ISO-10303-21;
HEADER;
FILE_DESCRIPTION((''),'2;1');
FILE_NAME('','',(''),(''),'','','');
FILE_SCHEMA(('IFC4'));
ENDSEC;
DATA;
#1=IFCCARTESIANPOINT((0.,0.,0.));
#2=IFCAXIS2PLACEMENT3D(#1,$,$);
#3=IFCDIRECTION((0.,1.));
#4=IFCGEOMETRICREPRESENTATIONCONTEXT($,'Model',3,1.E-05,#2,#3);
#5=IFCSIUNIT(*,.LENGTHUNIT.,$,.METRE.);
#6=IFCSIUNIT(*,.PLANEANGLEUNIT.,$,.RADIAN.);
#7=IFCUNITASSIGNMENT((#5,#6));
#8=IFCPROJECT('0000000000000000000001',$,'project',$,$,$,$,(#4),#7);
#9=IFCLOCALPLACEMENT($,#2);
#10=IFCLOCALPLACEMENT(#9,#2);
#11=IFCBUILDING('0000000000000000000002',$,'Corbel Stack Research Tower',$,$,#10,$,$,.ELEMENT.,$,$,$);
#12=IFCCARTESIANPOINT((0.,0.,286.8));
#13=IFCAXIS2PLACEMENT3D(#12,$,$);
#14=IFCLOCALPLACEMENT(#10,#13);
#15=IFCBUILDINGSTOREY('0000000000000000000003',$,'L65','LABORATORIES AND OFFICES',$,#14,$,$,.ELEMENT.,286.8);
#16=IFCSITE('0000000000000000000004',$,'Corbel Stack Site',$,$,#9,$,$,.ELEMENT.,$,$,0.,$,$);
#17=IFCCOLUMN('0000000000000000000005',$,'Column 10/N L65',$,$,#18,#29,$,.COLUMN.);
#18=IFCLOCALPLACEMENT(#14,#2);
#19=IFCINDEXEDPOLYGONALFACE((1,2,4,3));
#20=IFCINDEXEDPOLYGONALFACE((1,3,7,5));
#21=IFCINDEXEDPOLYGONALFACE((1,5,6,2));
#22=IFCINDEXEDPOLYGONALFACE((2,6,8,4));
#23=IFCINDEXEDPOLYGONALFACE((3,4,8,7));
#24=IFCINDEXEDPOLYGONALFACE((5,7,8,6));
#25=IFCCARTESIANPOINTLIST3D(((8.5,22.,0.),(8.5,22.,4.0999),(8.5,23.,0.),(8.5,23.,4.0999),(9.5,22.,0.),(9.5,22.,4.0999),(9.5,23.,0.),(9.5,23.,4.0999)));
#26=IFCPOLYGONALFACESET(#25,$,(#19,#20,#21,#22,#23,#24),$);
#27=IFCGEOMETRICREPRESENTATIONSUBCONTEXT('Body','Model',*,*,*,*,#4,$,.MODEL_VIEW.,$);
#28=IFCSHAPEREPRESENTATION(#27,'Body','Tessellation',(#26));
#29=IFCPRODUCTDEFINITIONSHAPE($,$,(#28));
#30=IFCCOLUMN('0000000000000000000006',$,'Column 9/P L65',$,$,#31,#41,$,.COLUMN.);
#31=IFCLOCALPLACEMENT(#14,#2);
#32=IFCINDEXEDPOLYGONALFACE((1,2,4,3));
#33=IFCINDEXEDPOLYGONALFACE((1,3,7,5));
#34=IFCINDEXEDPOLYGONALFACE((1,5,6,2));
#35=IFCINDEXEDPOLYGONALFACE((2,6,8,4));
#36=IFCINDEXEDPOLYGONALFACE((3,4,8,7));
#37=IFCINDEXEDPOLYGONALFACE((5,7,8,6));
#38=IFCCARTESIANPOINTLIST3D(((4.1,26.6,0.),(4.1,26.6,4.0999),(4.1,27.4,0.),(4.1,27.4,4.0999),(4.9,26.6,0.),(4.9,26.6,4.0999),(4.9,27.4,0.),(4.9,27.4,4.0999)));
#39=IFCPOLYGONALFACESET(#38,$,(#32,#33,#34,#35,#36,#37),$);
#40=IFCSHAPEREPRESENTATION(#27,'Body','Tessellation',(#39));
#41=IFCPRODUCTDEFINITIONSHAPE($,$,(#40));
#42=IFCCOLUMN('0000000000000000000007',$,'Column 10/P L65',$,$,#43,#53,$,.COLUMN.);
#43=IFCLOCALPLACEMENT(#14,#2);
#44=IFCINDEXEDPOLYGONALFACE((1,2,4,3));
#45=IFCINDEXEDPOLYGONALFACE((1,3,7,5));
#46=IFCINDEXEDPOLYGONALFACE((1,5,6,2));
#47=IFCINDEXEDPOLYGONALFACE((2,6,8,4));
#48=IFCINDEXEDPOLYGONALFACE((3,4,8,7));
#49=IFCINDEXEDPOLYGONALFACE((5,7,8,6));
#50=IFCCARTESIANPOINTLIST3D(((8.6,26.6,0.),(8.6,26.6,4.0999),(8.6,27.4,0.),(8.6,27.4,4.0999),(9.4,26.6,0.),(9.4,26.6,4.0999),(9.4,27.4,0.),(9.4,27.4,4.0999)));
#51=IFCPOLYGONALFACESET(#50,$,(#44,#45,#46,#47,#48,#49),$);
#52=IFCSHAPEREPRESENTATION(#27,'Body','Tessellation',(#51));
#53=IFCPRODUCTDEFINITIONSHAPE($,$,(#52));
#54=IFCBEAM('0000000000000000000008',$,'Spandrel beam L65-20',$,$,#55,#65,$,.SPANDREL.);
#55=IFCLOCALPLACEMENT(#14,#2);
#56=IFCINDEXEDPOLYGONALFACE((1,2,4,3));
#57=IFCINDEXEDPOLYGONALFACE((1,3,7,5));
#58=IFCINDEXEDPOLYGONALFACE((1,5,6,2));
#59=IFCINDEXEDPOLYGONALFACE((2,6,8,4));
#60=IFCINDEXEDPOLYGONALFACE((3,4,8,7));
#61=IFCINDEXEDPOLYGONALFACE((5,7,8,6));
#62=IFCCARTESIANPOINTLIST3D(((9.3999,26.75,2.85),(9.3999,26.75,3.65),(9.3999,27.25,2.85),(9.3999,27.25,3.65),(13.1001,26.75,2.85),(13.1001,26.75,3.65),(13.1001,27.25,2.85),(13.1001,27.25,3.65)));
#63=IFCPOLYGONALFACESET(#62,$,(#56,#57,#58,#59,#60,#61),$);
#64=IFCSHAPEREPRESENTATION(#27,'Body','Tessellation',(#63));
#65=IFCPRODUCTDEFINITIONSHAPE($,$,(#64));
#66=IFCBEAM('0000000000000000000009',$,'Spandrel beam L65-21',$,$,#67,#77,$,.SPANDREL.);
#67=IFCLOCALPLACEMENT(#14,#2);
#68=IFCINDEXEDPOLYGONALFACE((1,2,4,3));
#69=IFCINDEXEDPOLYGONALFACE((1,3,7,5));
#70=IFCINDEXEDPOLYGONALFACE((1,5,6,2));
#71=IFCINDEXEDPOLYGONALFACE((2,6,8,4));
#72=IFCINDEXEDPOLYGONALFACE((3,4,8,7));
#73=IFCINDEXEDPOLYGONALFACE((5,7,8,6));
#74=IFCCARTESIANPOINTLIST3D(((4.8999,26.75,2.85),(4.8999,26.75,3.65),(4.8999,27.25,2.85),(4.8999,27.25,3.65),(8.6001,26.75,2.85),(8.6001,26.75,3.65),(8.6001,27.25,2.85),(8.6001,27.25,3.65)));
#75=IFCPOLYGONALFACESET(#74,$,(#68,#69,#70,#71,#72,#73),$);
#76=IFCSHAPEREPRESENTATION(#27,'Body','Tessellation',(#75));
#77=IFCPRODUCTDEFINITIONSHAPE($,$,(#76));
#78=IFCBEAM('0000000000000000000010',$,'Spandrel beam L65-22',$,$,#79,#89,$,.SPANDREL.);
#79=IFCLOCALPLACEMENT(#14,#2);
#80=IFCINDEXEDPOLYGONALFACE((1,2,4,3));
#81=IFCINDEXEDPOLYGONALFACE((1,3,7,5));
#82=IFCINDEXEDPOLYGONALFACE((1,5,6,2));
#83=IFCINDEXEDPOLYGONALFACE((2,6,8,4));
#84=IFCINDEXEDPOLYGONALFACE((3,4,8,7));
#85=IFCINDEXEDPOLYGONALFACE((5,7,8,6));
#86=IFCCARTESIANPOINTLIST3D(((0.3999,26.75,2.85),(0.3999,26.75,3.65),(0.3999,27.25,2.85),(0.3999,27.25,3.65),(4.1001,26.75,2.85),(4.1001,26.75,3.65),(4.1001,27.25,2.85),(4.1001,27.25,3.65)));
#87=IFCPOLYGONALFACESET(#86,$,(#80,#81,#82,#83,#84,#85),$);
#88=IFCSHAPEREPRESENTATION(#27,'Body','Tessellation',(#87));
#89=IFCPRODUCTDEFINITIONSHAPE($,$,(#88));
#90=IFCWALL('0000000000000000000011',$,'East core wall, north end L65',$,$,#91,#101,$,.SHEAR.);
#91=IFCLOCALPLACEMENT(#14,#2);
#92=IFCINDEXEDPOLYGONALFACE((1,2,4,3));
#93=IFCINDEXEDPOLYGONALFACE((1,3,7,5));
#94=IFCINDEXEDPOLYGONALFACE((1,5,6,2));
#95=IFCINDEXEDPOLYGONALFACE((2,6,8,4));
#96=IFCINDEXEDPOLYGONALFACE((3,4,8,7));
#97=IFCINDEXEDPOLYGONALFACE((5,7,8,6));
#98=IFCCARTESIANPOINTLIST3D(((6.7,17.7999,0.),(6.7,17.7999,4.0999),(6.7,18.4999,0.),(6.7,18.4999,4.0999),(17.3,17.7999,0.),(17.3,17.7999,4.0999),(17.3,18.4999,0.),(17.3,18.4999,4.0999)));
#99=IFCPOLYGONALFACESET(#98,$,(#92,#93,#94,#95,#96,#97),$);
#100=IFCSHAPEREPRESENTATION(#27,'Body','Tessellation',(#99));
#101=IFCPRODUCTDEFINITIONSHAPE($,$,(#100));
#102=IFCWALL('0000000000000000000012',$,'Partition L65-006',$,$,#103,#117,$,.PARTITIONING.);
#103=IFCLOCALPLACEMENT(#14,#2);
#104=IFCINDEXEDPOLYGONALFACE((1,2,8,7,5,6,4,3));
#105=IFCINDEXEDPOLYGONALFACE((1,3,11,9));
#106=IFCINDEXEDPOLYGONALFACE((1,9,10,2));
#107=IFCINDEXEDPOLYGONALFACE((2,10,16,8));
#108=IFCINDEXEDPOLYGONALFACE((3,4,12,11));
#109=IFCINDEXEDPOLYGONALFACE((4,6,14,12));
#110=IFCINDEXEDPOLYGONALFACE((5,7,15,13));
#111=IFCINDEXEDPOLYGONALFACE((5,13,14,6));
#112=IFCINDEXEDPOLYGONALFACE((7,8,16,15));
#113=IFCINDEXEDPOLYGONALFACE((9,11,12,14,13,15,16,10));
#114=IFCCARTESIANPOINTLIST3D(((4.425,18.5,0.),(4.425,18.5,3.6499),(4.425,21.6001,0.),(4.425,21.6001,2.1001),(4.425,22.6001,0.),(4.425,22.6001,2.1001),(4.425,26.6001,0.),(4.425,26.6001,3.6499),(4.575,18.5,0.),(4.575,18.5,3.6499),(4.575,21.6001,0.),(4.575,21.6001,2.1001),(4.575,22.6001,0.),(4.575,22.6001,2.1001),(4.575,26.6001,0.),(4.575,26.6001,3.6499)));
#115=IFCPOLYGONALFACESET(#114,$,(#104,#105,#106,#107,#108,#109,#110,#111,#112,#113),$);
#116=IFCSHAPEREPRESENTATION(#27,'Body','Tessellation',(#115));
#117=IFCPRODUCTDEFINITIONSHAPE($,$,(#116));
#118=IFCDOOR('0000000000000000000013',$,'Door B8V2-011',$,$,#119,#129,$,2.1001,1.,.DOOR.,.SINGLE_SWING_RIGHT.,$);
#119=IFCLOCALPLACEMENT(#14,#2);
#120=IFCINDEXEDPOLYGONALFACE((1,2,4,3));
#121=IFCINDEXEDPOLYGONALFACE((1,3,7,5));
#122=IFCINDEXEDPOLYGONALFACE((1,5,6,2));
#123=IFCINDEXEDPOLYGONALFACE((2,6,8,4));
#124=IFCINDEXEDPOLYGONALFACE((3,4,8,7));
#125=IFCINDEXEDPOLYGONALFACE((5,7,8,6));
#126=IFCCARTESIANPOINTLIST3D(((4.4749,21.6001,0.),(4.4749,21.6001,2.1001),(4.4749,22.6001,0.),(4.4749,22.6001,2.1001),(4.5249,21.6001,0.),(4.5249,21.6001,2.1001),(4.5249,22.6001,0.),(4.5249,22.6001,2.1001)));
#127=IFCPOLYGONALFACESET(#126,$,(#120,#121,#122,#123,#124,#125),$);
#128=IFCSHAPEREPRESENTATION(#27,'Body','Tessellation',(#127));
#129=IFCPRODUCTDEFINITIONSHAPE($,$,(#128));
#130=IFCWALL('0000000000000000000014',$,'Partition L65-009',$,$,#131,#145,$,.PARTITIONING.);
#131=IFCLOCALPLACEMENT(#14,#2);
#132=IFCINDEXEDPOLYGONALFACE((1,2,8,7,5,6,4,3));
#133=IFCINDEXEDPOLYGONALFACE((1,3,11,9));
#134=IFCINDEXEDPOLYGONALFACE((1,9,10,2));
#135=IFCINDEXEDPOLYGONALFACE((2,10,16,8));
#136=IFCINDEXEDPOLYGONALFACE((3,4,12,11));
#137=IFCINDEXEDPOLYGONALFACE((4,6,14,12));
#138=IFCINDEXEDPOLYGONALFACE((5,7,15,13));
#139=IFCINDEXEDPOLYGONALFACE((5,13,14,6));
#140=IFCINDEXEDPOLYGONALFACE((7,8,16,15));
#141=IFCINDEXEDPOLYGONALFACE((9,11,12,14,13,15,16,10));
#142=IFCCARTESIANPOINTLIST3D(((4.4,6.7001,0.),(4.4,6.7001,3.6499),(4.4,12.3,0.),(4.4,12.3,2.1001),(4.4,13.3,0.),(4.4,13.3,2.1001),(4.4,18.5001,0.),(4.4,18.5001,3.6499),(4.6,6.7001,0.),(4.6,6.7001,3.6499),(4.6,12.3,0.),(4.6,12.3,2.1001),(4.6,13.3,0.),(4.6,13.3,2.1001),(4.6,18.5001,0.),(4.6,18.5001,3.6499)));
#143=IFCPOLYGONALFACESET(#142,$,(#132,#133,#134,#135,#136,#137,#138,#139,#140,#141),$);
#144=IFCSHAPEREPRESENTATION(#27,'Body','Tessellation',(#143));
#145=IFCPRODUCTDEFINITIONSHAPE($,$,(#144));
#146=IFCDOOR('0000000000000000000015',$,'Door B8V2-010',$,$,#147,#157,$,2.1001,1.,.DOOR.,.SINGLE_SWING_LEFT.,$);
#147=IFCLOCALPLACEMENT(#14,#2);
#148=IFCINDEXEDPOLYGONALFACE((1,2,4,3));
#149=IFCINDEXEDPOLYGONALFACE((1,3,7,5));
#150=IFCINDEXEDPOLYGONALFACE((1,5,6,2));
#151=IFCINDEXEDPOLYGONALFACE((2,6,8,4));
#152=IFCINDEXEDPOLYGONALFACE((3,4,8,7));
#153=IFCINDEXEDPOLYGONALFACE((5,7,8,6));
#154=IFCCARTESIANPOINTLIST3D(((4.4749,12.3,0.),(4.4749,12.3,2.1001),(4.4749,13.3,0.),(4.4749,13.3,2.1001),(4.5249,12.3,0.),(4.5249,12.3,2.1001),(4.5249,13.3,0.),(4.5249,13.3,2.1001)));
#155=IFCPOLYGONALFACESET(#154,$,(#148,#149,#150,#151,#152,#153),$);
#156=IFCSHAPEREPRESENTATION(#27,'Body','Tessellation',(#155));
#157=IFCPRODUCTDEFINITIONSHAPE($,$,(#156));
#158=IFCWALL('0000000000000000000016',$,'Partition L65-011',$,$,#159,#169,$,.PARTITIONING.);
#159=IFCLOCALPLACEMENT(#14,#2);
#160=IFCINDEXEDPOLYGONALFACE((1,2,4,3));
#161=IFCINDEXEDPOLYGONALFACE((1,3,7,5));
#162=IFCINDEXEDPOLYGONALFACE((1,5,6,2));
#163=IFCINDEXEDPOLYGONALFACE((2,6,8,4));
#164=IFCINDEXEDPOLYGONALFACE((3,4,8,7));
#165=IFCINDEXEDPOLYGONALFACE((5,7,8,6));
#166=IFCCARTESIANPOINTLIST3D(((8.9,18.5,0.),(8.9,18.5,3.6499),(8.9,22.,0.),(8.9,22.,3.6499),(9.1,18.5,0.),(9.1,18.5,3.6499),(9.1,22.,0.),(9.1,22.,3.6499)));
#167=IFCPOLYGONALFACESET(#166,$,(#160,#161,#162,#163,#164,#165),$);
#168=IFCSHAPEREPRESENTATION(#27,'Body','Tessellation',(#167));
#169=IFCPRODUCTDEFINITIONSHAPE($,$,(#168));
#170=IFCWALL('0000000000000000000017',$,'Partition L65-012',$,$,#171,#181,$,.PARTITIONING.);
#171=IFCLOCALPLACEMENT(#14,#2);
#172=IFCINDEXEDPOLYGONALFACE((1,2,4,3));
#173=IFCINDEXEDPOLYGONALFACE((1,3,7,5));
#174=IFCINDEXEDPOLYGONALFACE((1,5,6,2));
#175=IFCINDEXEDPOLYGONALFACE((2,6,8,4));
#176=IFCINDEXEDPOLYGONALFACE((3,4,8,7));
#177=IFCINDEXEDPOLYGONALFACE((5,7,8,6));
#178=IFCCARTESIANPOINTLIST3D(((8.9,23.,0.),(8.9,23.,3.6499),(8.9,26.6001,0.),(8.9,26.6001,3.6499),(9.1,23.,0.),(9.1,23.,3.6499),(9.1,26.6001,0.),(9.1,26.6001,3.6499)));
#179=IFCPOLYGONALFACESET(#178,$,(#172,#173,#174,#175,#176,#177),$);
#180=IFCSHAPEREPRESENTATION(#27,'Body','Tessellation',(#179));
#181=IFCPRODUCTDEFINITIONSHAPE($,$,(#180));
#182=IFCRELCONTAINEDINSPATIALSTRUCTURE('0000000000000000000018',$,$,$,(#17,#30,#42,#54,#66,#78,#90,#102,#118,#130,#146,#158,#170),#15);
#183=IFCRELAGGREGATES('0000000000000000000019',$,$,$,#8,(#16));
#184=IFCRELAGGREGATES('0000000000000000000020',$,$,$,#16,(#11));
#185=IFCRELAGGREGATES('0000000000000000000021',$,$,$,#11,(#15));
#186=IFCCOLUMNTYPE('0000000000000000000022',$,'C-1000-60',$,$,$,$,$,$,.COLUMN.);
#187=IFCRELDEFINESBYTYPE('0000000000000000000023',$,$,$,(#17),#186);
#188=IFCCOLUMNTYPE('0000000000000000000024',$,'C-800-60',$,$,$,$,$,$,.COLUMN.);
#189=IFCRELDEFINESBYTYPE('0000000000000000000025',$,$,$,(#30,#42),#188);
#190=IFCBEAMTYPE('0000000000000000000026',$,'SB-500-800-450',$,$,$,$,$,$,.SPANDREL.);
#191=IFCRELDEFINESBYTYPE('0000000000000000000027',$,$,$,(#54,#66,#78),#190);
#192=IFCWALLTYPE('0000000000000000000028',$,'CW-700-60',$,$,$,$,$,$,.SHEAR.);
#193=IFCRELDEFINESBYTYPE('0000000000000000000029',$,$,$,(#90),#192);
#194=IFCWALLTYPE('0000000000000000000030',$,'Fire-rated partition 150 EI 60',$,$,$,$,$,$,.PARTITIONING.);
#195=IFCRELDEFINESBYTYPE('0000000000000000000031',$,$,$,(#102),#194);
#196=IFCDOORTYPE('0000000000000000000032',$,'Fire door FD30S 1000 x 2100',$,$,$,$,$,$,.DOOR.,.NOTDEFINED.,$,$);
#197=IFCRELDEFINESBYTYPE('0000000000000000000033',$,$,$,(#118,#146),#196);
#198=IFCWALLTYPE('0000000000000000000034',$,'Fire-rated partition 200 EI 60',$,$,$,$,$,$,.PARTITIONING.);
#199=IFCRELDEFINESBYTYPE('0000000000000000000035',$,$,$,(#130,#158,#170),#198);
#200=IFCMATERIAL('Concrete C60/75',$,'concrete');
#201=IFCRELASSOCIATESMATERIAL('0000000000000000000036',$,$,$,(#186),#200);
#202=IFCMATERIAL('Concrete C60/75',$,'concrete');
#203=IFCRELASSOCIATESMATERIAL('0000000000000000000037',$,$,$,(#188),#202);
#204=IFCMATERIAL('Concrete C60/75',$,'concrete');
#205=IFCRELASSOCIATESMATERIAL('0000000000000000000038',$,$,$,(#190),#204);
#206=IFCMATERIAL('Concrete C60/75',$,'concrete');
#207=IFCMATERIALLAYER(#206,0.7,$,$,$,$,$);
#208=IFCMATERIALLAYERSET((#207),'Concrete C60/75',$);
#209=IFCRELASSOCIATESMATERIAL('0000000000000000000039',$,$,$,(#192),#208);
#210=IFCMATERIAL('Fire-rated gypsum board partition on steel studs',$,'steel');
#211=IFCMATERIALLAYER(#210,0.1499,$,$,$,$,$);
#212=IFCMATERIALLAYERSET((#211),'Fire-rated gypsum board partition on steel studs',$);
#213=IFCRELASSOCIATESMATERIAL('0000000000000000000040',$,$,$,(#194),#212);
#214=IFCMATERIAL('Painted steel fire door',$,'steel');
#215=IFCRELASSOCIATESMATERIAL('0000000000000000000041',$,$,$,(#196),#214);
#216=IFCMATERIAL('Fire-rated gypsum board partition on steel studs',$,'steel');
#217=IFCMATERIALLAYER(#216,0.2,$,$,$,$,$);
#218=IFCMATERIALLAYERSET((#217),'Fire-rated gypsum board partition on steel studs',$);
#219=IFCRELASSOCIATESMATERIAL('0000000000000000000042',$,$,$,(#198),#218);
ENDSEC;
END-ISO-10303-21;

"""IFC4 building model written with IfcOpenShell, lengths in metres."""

from ifc_helpers import new_model, si_unit, direction, frame, frame_2d, origin, origin_2d, place, context, subcontext, project, spatial, rectangle, extrude, material, layer, layer_set, material_profile, profile_set, type_object, element, fill, save


model = new_model("IFC4")

# Units and contexts
model_context = context("Model", 3, precision=1e-05, world=origin(), true_north=direction((0.0, 1.0)))
body_context = subcontext(model_context, "Body", "Model", "MODEL_VIEW")
ifc_project = project(units=[si_unit("LENGTHUNIT", "METRE"), si_unit("PLANEANGLEUNIT", "RADIAN")], contexts=[model_context])

# Site, building, storey
site_placement = place(None, origin())
site = spatial("IfcSite", under=ifc_project, at=site_placement, Name="Corbel Stack Site", CompositionType="ELEMENT", RefElevation=0.0)
building_placement = place(site_placement, origin())
building = spatial("IfcBuilding", under=site, at=building_placement, Name="Corbel Stack Research Tower", CompositionType="ELEMENT")
storey_placement = place(building_placement, frame((0.0, 0.0, 286.8)))
storey = spatial("IfcBuildingStorey", under=building, at=storey_placement, Name="L65", Description="LABORATORIES AND OFFICES", CompositionType="ELEMENT", Elevation=286.8)

# Columns
ifc_material_1 = material(Name="Concrete C60/75", Category="concrete")
ifc_material_profile_1 = material_profile(ifc_material_1, rectangle(XDim=1.0, YDim=1.0, at=origin_2d()), Name="RC 1000 x 1000")
ifc_profile_set_1 = profile_set([ifc_material_profile_1], Name="Concrete C60/75")
column_type_1 = type_object("IfcColumnType", Name="C-1000-60", PredefinedType="COLUMN", material=ifc_profile_set_1)
column_placement = place(storey_placement, frame((9.0, 22.5, 0.0), z_axis=(0.0, 0.0, 1.0), x_axis=(1.0, 0.0, 0.0)))
element("IfcColumn", 1, at=column_placement, inside=storey, type_object=column_type_1, Name="Column 10/N L65", PredefinedType="COLUMN", context=body_context, shape_type="SweptSolid", body=[
    extrude(rectangle(XDim=1.0, YDim=1.0, at=origin_2d()), origin(), (0.0, 0.0, 1.0), 4.0999),
])
ifc_material_2 = material(Name="Concrete C60/75", Category="concrete")
ifc_material_profile_2 = material_profile(ifc_material_2, rectangle(XDim=0.8, YDim=0.8, at=origin_2d()), Name="RC 800 x 800")
ifc_profile_set_2 = profile_set([ifc_material_profile_2], Name="Concrete C60/75")
column_type_2 = type_object("IfcColumnType", Name="C-800-60", PredefinedType="COLUMN", material=ifc_profile_set_2)
for number, where, z_axis, x_axis, name in (
    (2, (4.5, 27.0, 0.0), (0.0, 0.0, 1.0), (1.0, 0.0, 0.0), "Column 9/P L65"),
    (3, (9.0, 27.0, 0.0), (0.0, 0.0, 1.0), (1.0, 0.0, 0.0), "Column 10/P L65"),
):
    element("IfcColumn", number, at=place(storey_placement, frame(where, z_axis=z_axis, x_axis=x_axis)), inside=storey, type_object=column_type_2, Name=name, PredefinedType="COLUMN", context=body_context, shape_type="SweptSolid", body=[
        extrude(rectangle(XDim=0.8, YDim=0.8, at=origin_2d()), origin(), (0.0, 0.0, 1.0), 4.0999),
    ])

# Beams
ifc_material_3 = material(Name="Concrete C60/75", Category="concrete")
ifc_material_profile_3 = material_profile(ifc_material_3, rectangle(XDim=0.5, YDim=0.8, at=origin_2d()), Name="RC 500 x 800")
ifc_profile_set_3 = profile_set([ifc_material_profile_3], Name="Concrete C60/75")
beam_type = type_object("IfcBeamType", Name="SB-500-800-450", PredefinedType="SPANDREL", material=ifc_profile_set_3)
for number, where, z_axis, x_axis, name in (
    (4, (13.1001, 27.0, 3.25), (-1.0, 0.0, 0.0), (0.0, -1.0, 0.0), "Spandrel beam L65-20"),
    (5, (8.6001, 27.0, 3.25), (-1.0, 0.0, 0.0), (0.0, -1.0, 0.0), "Spandrel beam L65-21"),
    (6, (4.1001, 27.0, 3.25), (-1.0, 0.0, 0.0), (0.0, -1.0, 0.0), "Spandrel beam L65-22"),
):
    element("IfcBeam", number, at=place(storey_placement, frame(where, z_axis=z_axis, x_axis=x_axis)), inside=storey, type_object=beam_type, Name=name, PredefinedType="SPANDREL", context=body_context, shape_type="SweptSolid", body=[
        extrude(rectangle(XDim=0.5, YDim=0.8, at=origin_2d()), origin(), (0.0, 0.0, 1.0), 3.7002),
    ])

# Wall
ifc_material_4 = material(Name="Concrete C60/75", Category="concrete")
ifc_layer_1 = layer(ifc_material_4, 0.7)
ifc_layer_set_1 = layer_set([ifc_layer_1], Name="Concrete C60/75")
wall_type_1 = type_object("IfcWallType", Name="CW-700-60", PredefinedType="SHEAR", material=ifc_layer_set_1)
wall_1_placement = place(storey_placement, frame((6.7, 18.1499, 0.0), z_axis=(0.0, 0.0, 1.0), x_axis=(1.0, 0.0, 0.0)))
element("IfcWall", 7, at=wall_1_placement, inside=storey, type_object=wall_type_1, Name="East core wall, north end L65", PredefinedType="SHEAR", context=body_context, shape_type="SweptSolid", body=[
    extrude(rectangle(XDim=10.6001, YDim=0.7, at=frame_2d((5.3, 0.0))), origin(), (0.0, 0.0, 1.0), 4.0999),
])

# Walls, openings, doors
ifc_material_5 = material(Name="Fire-rated gypsum board partition on steel studs", Category="steel")
ifc_layer_2 = layer(ifc_material_5, 0.1499)
ifc_layer_set_2 = layer_set([ifc_layer_2], Name="Fire-rated gypsum board partition on steel studs")
wall_type_2 = type_object("IfcWallType", Name="Fire-rated partition 150 EI 60", PredefinedType="PARTITIONING", material=ifc_layer_set_2)
wall_2_placement = place(storey_placement, frame((4.5, 26.6001, 0.0), z_axis=(0.0, 0.0, 1.0), x_axis=(0.0, -1.0, 0.0)))
wall_2 = element("IfcWall", 8, at=wall_2_placement, inside=storey, type_object=wall_type_2, Name="Partition L65-006", PredefinedType="PARTITIONING", context=body_context, shape_type="SweptSolid", body=[
    extrude(rectangle(XDim=8.1001, YDim=0.1499, at=frame_2d((4.05, 0.0))), origin(), (0.0, 0.0, 1.0), 3.6499),
])
opening_1_placement = place(wall_2_placement, frame((4.0, 0.0, 0.0)))
opening_1 = element("IfcOpeningElement", 9, at=opening_1_placement, cuts=wall_2, PredefinedType="OPENING", context=body_context, shape_type="SweptSolid", body=[
    extrude(rectangle(XDim=1.0, YDim=2.1001, at=frame_2d((0.5, 1.05))), frame((0.0, 0.085, 0.0), z_axis=(0.0, -1.0, 0.0), x_axis=(1.0, 0.0, 0.0)), (0.0, 0.0, 1.0), 0.1699),
])
ifc_material_6 = material(Name="Painted steel fire door", Category="steel")
door_type_1 = type_object("IfcDoorType", Name="Fire door FD30S 1000 x 2100", OperationType="NOTDEFINED", PredefinedType="DOOR", material=ifc_material_6)
door_1_placement = place(opening_1_placement, origin())
door_1 = element("IfcDoor", 10, at=door_1_placement, inside=storey, type_object=door_type_1, Name="Door B8V2-011", OperationType="SINGLE_SWING_RIGHT", OverallHeight=2.1001, OverallWidth=1.0, PredefinedType="DOOR", context=body_context, shape_type="SweptSolid", body=[
    extrude(rectangle(XDim=1.0, YDim=2.1001, at=frame_2d((0.5, 1.05))), frame((0.0, 0.0249, 0.0), z_axis=(0.0, -1.0, 0.0), x_axis=(1.0, 0.0, 0.0)), (0.0, 0.0, 1.0), 0.05),
])
fill(opening_1, door_1)
ifc_material_7 = material(Name="Fire-rated gypsum board partition on steel studs", Category="steel")
ifc_layer_3 = layer(ifc_material_7, 0.2)
ifc_layer_set_3 = layer_set([ifc_layer_3], Name="Fire-rated gypsum board partition on steel studs")
wall_type_3 = type_object("IfcWallType", Name="Fire-rated partition 200 EI 60", PredefinedType="PARTITIONING", material=ifc_layer_set_3)
wall_3_placement = place(storey_placement, frame((4.5, 18.5, 0.0), z_axis=(0.0, 0.0, 1.0), x_axis=(0.0, -1.0, 0.0)))
wall_3 = element("IfcWall", 11, at=wall_3_placement, inside=storey, type_object=wall_type_3, Name="Partition L65-009", PredefinedType="PARTITIONING", context=body_context, shape_type="SweptSolid", body=[
    extrude(rectangle(XDim=11.8, YDim=0.2, at=frame_2d((5.8999, 0.0))), origin(), (0.0, 0.0, 1.0), 3.6499),
])
opening_2_placement = place(wall_3_placement, frame((5.2, 0.0, 0.0)))
opening_2 = element("IfcOpeningElement", 12, at=opening_2_placement, cuts=wall_3, PredefinedType="OPENING", context=body_context, shape_type="SweptSolid", body=[
    extrude(rectangle(XDim=1.0, YDim=2.1001, at=frame_2d((0.5, 1.05))), frame((0.0, 0.1099, 0.0), z_axis=(0.0, -1.0, 0.0), x_axis=(1.0, 0.0, 0.0)), (0.0, 0.0, 1.0), 0.22),
])
door_2_placement = place(opening_2_placement, origin())
door_2 = element("IfcDoor", 13, at=door_2_placement, inside=storey, type_object=door_type_1, Name="Door B8V2-010", OperationType="SINGLE_SWING_LEFT", OverallHeight=2.1001, OverallWidth=1.0, PredefinedType="DOOR", context=body_context, shape_type="SweptSolid", body=[
    extrude(rectangle(XDim=1.0, YDim=2.1001, at=frame_2d((0.5, 1.05))), frame((0.0, 0.0249, 0.0), z_axis=(0.0, -1.0, 0.0), x_axis=(1.0, 0.0, 0.0)), (0.0, 0.0, 1.0), 0.05),
])
fill(opening_2, door_2)

# Walls
wall_4_placement = place(storey_placement, frame((9.0, 18.5, 0.0), z_axis=(0.0, 0.0, 1.0), x_axis=(0.0, 1.0, 0.0)))
element("IfcWall", 14, at=wall_4_placement, inside=storey, type_object=wall_type_3, Name="Partition L65-011", PredefinedType="PARTITIONING", context=body_context, shape_type="SweptSolid", body=[
    extrude(rectangle(XDim=3.5, YDim=0.2, at=frame_2d((1.75, 0.0))), origin(), (0.0, 0.0, 1.0), 3.6499),
])
wall_5_placement = place(storey_placement, frame((9.0, 23.0, 0.0), z_axis=(0.0, 0.0, 1.0), x_axis=(0.0, 1.0, 0.0)))
element("IfcWall", 15, at=wall_5_placement, inside=storey, type_object=wall_type_3, Name="Partition L65-012", PredefinedType="PARTITIONING", context=body_context, shape_type="SweptSolid", body=[
    extrude(rectangle(XDim=3.6001, YDim=0.2, at=frame_2d((1.8, 0.0))), origin(), (0.0, 0.0, 1.0), 3.6499),
])

save(model, "model.ifc")
